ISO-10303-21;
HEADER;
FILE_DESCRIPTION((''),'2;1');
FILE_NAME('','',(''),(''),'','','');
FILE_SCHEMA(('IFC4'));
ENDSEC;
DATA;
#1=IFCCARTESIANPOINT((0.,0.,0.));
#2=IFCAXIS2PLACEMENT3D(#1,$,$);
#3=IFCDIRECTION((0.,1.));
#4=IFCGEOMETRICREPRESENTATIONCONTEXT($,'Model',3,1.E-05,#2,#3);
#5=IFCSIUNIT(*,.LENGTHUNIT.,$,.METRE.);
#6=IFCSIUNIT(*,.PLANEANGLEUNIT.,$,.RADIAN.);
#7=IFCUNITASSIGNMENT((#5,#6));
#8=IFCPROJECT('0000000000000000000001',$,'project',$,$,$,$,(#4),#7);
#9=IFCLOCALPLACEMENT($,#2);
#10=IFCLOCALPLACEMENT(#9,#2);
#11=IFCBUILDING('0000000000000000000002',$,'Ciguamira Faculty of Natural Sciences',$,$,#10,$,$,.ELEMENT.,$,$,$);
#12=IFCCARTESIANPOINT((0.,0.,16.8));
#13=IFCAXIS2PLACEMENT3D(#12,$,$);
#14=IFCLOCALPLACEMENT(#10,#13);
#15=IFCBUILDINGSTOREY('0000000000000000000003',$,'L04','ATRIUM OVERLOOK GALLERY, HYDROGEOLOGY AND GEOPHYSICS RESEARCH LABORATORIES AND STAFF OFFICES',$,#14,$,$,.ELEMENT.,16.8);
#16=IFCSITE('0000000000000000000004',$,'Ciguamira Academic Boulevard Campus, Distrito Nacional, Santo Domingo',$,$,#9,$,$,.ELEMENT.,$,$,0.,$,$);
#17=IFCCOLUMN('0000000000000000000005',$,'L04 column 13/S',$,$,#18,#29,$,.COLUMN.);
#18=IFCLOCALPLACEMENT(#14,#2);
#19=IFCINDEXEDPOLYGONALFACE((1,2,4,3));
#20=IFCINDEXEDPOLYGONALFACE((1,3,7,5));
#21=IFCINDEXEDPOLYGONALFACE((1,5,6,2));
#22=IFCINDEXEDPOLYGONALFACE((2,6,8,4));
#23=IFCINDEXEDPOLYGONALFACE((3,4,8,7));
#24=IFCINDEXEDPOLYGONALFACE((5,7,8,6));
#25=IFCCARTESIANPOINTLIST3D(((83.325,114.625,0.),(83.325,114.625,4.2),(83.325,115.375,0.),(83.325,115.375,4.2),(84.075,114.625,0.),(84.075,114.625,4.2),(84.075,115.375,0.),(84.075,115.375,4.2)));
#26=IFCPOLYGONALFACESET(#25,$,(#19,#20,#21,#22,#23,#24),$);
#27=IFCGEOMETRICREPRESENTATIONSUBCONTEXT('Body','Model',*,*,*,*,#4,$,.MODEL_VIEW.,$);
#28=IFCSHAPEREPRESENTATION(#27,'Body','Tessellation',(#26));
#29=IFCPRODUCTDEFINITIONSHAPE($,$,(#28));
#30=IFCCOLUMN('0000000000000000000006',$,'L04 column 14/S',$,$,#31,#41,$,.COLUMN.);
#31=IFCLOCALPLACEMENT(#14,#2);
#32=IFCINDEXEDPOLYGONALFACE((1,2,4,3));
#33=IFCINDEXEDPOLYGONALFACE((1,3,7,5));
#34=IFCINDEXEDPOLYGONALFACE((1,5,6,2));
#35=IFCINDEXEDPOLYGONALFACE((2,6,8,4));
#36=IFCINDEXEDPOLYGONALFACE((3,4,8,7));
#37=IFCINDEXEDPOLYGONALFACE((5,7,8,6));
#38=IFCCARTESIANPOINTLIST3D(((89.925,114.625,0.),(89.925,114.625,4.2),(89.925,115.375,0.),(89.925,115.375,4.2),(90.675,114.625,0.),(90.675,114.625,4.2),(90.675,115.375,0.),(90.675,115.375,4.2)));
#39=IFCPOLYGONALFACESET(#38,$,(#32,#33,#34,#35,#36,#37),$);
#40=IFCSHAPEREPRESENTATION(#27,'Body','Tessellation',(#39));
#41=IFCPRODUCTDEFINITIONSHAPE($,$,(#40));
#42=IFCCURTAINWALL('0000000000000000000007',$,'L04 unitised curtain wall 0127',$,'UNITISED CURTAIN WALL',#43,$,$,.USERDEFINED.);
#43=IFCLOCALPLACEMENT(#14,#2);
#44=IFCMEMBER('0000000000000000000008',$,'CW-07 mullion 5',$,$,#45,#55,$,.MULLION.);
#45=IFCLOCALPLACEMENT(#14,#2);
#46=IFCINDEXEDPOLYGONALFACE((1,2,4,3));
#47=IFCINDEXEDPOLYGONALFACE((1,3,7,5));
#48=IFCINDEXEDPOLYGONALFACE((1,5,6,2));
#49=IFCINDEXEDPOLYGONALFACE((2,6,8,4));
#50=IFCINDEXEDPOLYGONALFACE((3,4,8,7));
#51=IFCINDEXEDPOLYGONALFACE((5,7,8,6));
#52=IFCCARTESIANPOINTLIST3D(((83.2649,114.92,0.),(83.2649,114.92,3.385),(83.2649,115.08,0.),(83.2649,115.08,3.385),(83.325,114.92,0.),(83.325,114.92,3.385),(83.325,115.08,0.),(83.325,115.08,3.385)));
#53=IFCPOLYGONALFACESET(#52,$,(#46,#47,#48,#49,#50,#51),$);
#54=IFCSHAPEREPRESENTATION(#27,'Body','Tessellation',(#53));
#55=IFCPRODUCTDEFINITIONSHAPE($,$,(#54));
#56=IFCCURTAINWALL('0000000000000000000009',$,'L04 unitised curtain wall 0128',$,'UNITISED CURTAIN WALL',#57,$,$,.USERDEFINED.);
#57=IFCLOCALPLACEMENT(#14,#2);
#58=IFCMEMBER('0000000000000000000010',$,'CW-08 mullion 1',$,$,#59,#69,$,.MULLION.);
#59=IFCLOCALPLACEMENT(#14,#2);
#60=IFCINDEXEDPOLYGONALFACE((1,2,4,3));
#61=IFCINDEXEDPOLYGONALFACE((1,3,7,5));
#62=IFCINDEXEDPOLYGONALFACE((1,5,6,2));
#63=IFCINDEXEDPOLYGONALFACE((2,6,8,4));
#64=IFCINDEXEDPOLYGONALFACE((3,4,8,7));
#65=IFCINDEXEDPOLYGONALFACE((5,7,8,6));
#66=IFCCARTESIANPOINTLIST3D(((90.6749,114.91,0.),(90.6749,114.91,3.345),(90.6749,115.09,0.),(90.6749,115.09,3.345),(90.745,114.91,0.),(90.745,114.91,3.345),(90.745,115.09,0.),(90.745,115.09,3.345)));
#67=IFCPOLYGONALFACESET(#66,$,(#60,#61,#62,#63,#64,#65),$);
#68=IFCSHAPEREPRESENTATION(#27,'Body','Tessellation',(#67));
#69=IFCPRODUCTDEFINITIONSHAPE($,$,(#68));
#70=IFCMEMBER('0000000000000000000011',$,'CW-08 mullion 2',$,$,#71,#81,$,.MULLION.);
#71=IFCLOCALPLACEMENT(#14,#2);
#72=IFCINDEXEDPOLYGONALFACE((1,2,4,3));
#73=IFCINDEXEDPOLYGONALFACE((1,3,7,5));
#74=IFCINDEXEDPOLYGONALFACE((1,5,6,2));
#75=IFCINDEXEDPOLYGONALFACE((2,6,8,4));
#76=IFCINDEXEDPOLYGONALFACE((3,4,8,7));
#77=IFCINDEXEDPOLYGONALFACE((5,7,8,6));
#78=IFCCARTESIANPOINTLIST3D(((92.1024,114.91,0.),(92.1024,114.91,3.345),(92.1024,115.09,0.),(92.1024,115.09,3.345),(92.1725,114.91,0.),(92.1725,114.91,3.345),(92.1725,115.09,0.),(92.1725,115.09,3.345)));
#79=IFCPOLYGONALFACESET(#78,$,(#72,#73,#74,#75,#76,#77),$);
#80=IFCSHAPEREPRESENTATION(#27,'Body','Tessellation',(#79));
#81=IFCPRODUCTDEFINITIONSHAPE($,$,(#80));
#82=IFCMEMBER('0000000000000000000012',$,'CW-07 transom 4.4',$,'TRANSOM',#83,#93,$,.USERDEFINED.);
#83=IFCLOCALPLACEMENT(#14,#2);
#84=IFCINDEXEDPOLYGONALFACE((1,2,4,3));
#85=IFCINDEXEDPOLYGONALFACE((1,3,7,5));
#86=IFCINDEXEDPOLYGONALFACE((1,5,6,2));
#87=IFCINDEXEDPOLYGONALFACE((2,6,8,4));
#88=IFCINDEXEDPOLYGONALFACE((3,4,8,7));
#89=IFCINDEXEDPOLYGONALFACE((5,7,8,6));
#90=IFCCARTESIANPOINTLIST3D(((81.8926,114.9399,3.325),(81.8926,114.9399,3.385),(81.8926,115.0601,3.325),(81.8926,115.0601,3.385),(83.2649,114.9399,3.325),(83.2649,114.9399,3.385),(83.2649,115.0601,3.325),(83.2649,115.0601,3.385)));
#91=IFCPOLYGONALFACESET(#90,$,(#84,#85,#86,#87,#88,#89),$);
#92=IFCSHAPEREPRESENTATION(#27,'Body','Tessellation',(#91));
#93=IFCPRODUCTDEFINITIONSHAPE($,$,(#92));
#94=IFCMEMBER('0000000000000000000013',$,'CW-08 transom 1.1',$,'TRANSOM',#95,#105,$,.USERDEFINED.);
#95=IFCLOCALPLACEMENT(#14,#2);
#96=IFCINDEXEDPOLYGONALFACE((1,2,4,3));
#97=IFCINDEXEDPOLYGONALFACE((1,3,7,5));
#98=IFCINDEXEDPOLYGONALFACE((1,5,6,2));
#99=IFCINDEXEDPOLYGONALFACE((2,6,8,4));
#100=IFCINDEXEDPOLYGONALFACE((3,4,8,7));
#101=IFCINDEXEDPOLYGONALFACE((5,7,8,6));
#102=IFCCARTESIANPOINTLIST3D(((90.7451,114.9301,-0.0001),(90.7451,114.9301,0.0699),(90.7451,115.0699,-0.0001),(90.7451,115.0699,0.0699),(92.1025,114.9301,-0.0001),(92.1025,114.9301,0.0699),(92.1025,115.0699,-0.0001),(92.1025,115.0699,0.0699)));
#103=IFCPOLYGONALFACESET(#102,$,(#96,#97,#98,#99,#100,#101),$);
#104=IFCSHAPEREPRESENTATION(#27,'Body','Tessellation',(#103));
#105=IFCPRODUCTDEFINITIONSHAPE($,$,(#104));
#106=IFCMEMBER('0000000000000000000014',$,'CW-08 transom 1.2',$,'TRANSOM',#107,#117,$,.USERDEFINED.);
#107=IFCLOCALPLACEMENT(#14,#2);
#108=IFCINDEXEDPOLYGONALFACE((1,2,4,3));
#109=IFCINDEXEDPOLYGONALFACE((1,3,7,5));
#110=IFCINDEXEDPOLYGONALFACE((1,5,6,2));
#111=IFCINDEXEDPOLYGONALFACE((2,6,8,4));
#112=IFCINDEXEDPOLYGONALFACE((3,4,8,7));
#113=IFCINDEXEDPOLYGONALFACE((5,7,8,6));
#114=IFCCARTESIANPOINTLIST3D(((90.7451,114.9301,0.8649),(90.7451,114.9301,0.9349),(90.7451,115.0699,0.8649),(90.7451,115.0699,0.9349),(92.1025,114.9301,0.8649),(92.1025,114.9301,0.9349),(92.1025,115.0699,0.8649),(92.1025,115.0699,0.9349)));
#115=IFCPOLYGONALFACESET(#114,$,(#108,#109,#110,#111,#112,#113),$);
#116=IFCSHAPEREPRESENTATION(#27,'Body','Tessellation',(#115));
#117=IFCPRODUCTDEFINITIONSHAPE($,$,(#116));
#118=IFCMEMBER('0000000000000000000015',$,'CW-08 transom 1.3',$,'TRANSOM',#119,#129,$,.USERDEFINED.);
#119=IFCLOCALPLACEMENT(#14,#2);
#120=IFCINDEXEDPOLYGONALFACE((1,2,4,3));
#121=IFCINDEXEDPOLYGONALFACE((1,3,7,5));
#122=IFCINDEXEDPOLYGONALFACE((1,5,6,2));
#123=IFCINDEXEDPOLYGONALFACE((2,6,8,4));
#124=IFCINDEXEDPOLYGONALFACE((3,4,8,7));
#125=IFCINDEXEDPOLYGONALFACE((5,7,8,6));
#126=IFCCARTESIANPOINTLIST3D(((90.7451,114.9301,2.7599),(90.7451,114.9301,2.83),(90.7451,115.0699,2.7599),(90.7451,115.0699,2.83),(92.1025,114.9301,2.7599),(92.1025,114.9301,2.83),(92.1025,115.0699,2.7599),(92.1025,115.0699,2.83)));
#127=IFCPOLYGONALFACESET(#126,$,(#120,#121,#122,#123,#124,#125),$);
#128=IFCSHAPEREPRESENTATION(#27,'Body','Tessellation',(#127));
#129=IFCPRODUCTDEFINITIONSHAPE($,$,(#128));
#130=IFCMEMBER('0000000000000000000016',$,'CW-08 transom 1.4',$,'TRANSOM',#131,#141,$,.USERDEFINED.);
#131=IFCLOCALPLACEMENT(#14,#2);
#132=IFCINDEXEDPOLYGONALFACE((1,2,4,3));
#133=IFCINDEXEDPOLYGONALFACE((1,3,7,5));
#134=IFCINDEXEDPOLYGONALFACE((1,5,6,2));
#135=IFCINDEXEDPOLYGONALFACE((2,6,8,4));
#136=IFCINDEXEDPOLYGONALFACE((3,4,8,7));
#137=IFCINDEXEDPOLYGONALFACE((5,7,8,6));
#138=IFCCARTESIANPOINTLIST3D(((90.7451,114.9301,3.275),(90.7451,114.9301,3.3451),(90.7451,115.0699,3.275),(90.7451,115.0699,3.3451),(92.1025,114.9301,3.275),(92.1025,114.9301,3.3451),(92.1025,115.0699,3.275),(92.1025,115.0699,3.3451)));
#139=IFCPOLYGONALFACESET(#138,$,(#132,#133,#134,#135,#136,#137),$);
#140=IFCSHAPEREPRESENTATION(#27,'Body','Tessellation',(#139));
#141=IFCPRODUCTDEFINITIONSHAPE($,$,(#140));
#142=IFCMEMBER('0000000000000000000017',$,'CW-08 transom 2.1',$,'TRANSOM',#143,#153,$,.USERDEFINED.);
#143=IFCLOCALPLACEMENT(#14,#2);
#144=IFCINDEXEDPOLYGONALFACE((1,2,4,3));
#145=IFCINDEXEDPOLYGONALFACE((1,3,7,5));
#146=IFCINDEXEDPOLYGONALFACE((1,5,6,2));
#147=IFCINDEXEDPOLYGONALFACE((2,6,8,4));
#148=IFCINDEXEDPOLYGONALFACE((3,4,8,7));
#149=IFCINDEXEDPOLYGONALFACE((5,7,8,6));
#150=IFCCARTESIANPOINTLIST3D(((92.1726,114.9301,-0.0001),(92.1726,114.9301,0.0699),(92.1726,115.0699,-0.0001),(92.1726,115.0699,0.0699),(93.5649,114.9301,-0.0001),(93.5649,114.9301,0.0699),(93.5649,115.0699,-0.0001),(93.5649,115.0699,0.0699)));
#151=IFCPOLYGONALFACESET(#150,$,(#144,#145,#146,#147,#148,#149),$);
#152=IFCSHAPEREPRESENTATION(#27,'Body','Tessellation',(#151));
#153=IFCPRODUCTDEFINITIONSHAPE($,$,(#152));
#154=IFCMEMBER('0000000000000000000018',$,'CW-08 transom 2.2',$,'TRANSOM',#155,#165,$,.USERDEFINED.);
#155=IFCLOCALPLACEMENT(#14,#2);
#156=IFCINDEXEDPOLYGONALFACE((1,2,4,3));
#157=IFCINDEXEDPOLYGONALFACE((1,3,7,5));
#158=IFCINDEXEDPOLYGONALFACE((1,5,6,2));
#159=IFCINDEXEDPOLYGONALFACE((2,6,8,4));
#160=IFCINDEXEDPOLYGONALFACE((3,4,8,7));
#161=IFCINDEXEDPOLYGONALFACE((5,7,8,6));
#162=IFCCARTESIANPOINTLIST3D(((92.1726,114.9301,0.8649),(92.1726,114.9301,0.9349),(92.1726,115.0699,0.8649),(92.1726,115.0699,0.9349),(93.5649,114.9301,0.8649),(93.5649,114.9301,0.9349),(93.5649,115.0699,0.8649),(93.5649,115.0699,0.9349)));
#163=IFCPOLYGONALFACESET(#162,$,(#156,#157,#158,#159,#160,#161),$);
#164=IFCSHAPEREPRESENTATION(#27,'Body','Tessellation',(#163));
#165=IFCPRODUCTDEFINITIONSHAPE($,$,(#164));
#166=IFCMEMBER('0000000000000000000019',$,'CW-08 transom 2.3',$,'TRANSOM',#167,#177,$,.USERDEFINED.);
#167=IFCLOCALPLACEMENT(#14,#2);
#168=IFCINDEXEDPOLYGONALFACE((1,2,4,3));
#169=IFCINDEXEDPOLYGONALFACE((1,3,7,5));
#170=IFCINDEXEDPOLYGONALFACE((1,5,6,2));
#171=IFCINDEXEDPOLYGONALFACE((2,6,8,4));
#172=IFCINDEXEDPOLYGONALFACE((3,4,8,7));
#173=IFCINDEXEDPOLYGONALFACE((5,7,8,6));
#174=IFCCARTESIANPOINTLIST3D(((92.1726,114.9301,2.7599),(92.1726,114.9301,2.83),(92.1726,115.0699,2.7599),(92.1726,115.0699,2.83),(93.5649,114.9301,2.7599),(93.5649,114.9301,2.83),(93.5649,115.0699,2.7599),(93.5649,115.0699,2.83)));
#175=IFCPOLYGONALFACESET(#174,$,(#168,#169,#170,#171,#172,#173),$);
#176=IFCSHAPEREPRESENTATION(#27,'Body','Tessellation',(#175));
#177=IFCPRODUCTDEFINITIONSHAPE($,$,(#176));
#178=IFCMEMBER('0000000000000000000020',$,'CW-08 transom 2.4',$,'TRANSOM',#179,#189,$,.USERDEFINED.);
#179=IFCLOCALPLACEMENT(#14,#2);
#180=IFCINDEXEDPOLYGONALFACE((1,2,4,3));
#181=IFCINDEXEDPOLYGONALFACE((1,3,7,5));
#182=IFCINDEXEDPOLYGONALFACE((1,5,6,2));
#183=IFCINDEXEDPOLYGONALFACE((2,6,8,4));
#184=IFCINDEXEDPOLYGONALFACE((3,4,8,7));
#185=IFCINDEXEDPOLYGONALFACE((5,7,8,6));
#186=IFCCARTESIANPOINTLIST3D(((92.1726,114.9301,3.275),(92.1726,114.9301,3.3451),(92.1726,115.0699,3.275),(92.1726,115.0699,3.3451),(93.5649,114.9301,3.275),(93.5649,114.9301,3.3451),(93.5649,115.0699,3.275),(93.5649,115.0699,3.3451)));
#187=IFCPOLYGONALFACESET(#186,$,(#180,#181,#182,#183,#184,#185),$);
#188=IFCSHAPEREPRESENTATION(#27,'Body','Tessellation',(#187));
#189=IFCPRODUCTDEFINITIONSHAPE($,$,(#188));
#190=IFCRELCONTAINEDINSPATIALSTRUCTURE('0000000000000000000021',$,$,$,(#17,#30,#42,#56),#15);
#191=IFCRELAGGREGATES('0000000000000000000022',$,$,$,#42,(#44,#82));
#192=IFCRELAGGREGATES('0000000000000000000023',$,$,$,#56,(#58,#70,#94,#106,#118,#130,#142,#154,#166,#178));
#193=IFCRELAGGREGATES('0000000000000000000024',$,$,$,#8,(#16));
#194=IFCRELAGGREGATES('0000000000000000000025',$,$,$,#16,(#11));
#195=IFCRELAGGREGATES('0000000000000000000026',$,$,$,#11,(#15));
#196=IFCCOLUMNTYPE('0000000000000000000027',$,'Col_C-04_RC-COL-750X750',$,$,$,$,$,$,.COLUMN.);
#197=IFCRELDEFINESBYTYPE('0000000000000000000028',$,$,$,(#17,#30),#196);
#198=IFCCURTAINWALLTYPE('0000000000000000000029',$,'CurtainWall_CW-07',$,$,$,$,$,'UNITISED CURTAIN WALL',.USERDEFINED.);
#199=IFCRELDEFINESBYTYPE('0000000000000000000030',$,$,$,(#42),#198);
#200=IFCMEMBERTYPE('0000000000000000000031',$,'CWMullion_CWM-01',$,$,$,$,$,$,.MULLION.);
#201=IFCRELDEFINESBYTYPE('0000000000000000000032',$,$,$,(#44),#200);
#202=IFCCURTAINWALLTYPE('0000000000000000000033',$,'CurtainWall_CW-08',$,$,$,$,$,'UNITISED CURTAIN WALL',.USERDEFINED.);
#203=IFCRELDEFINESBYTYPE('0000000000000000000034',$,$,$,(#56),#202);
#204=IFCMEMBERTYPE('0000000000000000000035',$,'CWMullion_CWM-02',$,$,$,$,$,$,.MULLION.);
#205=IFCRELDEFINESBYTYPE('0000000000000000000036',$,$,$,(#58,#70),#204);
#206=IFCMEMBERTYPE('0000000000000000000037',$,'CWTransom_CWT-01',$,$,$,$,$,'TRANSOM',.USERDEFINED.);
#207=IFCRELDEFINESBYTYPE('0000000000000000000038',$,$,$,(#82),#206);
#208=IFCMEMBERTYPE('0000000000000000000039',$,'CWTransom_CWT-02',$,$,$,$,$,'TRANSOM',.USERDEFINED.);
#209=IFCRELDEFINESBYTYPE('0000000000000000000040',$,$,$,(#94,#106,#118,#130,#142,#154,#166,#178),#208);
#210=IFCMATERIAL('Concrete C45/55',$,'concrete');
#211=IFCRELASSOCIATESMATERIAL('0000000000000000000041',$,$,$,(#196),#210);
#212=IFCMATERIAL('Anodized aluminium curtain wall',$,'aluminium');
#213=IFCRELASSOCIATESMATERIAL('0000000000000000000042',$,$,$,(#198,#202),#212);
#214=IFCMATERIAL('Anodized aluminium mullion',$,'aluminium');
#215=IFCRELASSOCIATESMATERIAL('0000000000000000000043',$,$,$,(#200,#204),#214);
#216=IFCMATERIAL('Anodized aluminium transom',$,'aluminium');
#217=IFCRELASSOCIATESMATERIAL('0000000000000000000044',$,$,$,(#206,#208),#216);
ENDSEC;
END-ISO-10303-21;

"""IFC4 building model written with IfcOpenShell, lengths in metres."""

from ifc_helpers import new_model, si_unit, direction, frame, origin, origin_2d, place, context, subcontext, project, spatial, rectangle, extrude, material, material_profile, profile_set, type_object, element, aggregate, save


model = new_model("IFC4")

# Units and contexts
model_context = context("Model", 3, precision=1e-05, world=origin(), true_north=direction((0.0, 1.0)))
body_context = subcontext(model_context, "Body", "Model", "MODEL_VIEW")
ifc_project = project(units=[si_unit("LENGTHUNIT", "METRE"), si_unit("PLANEANGLEUNIT", "RADIAN")], contexts=[model_context])

# Site, building, storey
site_placement = place(None, origin())
site = spatial("IfcSite", under=ifc_project, at=site_placement, Name="Ciguamira Academic Boulevard Campus, Distrito Nacional, Santo Domingo", CompositionType="ELEMENT", RefElevation=0.0)
building_placement = place(site_placement, origin())
building = spatial("IfcBuilding", under=site, at=building_placement, Name="Ciguamira Faculty of Natural Sciences", CompositionType="ELEMENT")
storey_placement = place(building_placement, frame((0.0, 0.0, 16.8)))
storey = spatial("IfcBuildingStorey", under=building, at=storey_placement, Name="L04", Description="ATRIUM OVERLOOK GALLERY, HYDROGEOLOGY AND GEOPHYSICS RESEARCH LABORATORIES AND STAFF OFFICES", CompositionType="ELEMENT", Elevation=16.8)

# Columns
ifc_material_1 = material(Name="Concrete C45/55", Category="concrete")
ifc_material_profile_1 = material_profile(ifc_material_1, rectangle(XDim=0.75, YDim=0.75, at=origin_2d()), Name="RC-COL-750X750")
ifc_profile_set_1 = profile_set([ifc_material_profile_1], Name="Concrete C45/55")
column_type = type_object("IfcColumnType", Name="Col_C-04_RC-COL-750X750", PredefinedType="COLUMN", material=ifc_profile_set_1)
for number, where, z_axis, x_axis, name in (
    (1, (83.7, 115.0, 0.0), (0.0, 0.0, 1.0), (1.0, 0.0, 0.0), "L04 column 13/S"),
    (2, (90.3, 115.0, 0.0), (0.0, 0.0, 1.0), (1.0, 0.0, 0.0), "L04 column 14/S"),
):
    element("IfcColumn", number, at=place(storey_placement, frame(where, z_axis=z_axis, x_axis=x_axis)), inside=storey, type_object=column_type, Name=name, PredefinedType="COLUMN", context=body_context, shape_type="SweptSolid", body=[
        extrude(rectangle(XDim=0.75, YDim=0.75, at=origin_2d()), origin(), (0.0, 0.0, 1.0), 4.2),
    ])

# Curtain wall, member
ifc_material_2 = material(Name="Anodized aluminium curtain wall", Category="aluminium")
curtain_wall_type_1 = type_object("IfcCurtainWallType", Name="CurtainWall_CW-07", ElementType="UNITISED CURTAIN WALL", PredefinedType="USERDEFINED", material=ifc_material_2)
curtain_wall_1_placement = place(storey_placement, origin())
curtain_wall_1 = element("IfcCurtainWall", 3, at=curtain_wall_1_placement, inside=storey, type_object=curtain_wall_type_1, Name="L04 unitised curtain wall 0127", ObjectType="UNITISED CURTAIN WALL", PredefinedType="USERDEFINED")
ifc_material_3 = material(Name="Anodized aluminium mullion", Category="aluminium")
ifc_material_profile_2 = material_profile(ifc_material_3, rectangle(XDim=0.0601, YDim=0.1599, at=origin_2d()), Name="ALU-MUL-60X160")
ifc_profile_set_2 = profile_set([ifc_material_profile_2], Name="Anodized aluminium mullion")
member_type_1 = type_object("IfcMemberType", Name="CWMullion_CWM-01", PredefinedType="MULLION", material=ifc_profile_set_2)
member_1_placement = place(storey_placement, frame((83.2949, 115.0, 0.0), z_axis=(0.0, 0.0, 1.0), x_axis=(1.0, 0.0, 0.0)))
member_1 = element("IfcMember", 4, at=member_1_placement, type_object=member_type_1, Name="CW-07 mullion 5", PredefinedType="MULLION", context=body_context, shape_type="SweptSolid", body=[
    extrude(rectangle(XDim=0.0601, YDim=0.1599, at=origin_2d()), origin(), (0.0, 0.0, 1.0), 3.385),
])

# Curtain wall, members
curtain_wall_type_2 = type_object("IfcCurtainWallType", Name="CurtainWall_CW-08", ElementType="UNITISED CURTAIN WALL", PredefinedType="USERDEFINED", material=ifc_material_2)
curtain_wall_2_placement = place(storey_placement, origin())
curtain_wall_2 = element("IfcCurtainWall", 5, at=curtain_wall_2_placement, inside=storey, type_object=curtain_wall_type_2, Name="L04 unitised curtain wall 0128", ObjectType="UNITISED CURTAIN WALL", PredefinedType="USERDEFINED")
ifc_material_profile_3 = material_profile(ifc_material_3, rectangle(XDim=0.0701, YDim=0.1799, at=origin_2d()), Name="ALU-MUL-70X180")
ifc_profile_set_3 = profile_set([ifc_material_profile_3], Name="Anodized aluminium mullion")
member_type_2 = type_object("IfcMemberType", Name="CWMullion_CWM-02", PredefinedType="MULLION", material=ifc_profile_set_3)
member_2_placement = place(storey_placement, frame((90.71, 115.0, 0.0), z_axis=(0.0, 0.0, 1.0), x_axis=(1.0, 0.0, 0.0)))
member_2 = element("IfcMember", 6, at=member_2_placement, type_object=member_type_2, Name="CW-08 mullion 1", PredefinedType="MULLION", context=body_context, shape_type="SweptSolid", body=[
    extrude(rectangle(XDim=0.0701, YDim=0.1799, at=origin_2d()), origin(), (0.0, 0.0, 1.0), 3.345),
])
member_3_placement = place(storey_placement, frame((92.1375, 115.0, 0.0), z_axis=(0.0, 0.0, 1.0), x_axis=(1.0, 0.0, 0.0)))
member_3 = element("IfcMember", 7, at=member_3_placement, type_object=member_type_2, Name="CW-08 mullion 2", PredefinedType="MULLION", context=body_context, shape_type="SweptSolid", body=[
    extrude(rectangle(XDim=0.0701, YDim=0.1799, at=origin_2d()), origin(), (0.0, 0.0, 1.0), 3.345),
])

# Members
ifc_material_4 = material(Name="Anodized aluminium transom", Category="aluminium")
ifc_material_profile_4 = material_profile(ifc_material_4, rectangle(XDim=0.0601, YDim=0.1201, at=origin_2d()), Name="ALU-TRN-60X120")
ifc_profile_set_4 = profile_set([ifc_material_profile_4], Name="Anodized aluminium transom")
member_type_3 = type_object("IfcMemberType", Name="CWTransom_CWT-01", ElementType="TRANSOM", PredefinedType="USERDEFINED", material=ifc_profile_set_4)
member_4_placement = place(storey_placement, frame((81.8926, 115.0, 3.355), z_axis=(1.0, 0.0, 0.0), x_axis=(0.0, 0.0, 1.0)))
member_4 = element("IfcMember", 8, at=member_4_placement, type_object=member_type_3, Name="CW-07 transom 4.4", ObjectType="TRANSOM", PredefinedType="USERDEFINED", context=body_context, shape_type="SweptSolid", body=[
    extrude(rectangle(XDim=0.0601, YDim=0.1201, at=origin_2d()), origin(), (0.0, 0.0, 1.0), 1.3723),
])
ifc_material_profile_5 = material_profile(ifc_material_4, rectangle(XDim=0.0701, YDim=0.1399, at=origin_2d()), Name="ALU-TRN-70X140")
ifc_profile_set_5 = profile_set([ifc_material_profile_5], Name="Anodized aluminium transom")
member_type_4 = type_object("IfcMemberType", Name="CWTransom_CWT-02", ElementType="TRANSOM", PredefinedType="USERDEFINED", material=ifc_profile_set_5)
member_5_placement = place(storey_placement, frame((90.7451, 115.0, 0.0349), z_axis=(1.0, 0.0, 0.0), x_axis=(0.0, 0.0, 1.0)))
member_5 = element("IfcMember", 9, at=member_5_placement, type_object=member_type_4, Name="CW-08 transom 1.1", ObjectType="TRANSOM", PredefinedType="USERDEFINED", context=body_context, shape_type="SweptSolid", body=[
    extrude(rectangle(XDim=0.0701, YDim=0.1399, at=origin_2d()), origin(), (0.0, 0.0, 1.0), 1.3574),
])
member_6_placement = place(storey_placement, frame((90.7451, 115.0, 0.8999), z_axis=(1.0, 0.0, 0.0), x_axis=(0.0, 0.0, 1.0)))
member_6 = element("IfcMember", 10, at=member_6_placement, type_object=member_type_4, Name="CW-08 transom 1.2", ObjectType="TRANSOM", PredefinedType="USERDEFINED", context=body_context, shape_type="SweptSolid", body=[
    extrude(rectangle(XDim=0.0701, YDim=0.1399, at=origin_2d()), origin(), (0.0, 0.0, 1.0), 1.3574),
])
member_7_placement = place(storey_placement, frame((90.7451, 115.0, 2.7949), z_axis=(1.0, 0.0, 0.0), x_axis=(0.0, 0.0, 1.0)))
member_7 = element("IfcMember", 11, at=member_7_placement, type_object=member_type_4, Name="CW-08 transom 1.3", ObjectType="TRANSOM", PredefinedType="USERDEFINED", context=body_context, shape_type="SweptSolid", body=[
    extrude(rectangle(XDim=0.0701, YDim=0.1399, at=origin_2d()), origin(), (0.0, 0.0, 1.0), 1.3574),
])
member_8_placement = place(storey_placement, frame((90.7451, 115.0, 3.3101), z_axis=(1.0, 0.0, 0.0), x_axis=(0.0, 0.0, 1.0)))
member_8 = element("IfcMember", 12, at=member_8_placement, type_object=member_type_4, Name="CW-08 transom 1.4", ObjectType="TRANSOM", PredefinedType="USERDEFINED", context=body_context, shape_type="SweptSolid", body=[
    extrude(rectangle(XDim=0.0701, YDim=0.1399, at=origin_2d()), origin(), (0.0, 0.0, 1.0), 1.3574),
])
member_9_placement = place(storey_placement, frame((92.1726, 115.0, 0.0349), z_axis=(1.0, 0.0, 0.0), x_axis=(0.0, 0.0, 1.0)))
member_9 = element("IfcMember", 13, at=member_9_placement, type_object=member_type_4, Name="CW-08 transom 2.1", ObjectType="TRANSOM", PredefinedType="USERDEFINED", context=body_context, shape_type="SweptSolid", body=[
    extrude(rectangle(XDim=0.0701, YDim=0.1399, at=origin_2d()), origin(), (0.0, 0.0, 1.0), 1.3923),
])
member_10_placement = place(storey_placement, frame((92.1726, 115.0, 0.8999), z_axis=(1.0, 0.0, 0.0), x_axis=(0.0, 0.0, 1.0)))
member_10 = element("IfcMember", 14, at=member_10_placement, type_object=member_type_4, Name="CW-08 transom 2.2", ObjectType="TRANSOM", PredefinedType="USERDEFINED", context=body_context, shape_type="SweptSolid", body=[
    extrude(rectangle(XDim=0.0701, YDim=0.1399, at=origin_2d()), origin(), (0.0, 0.0, 1.0), 1.3923),
])
member_11_placement = place(storey_placement, frame((92.1726, 115.0, 2.7949), z_axis=(1.0, 0.0, 0.0), x_axis=(0.0, 0.0, 1.0)))
member_11 = element("IfcMember", 15, at=member_11_placement, type_object=member_type_4, Name="CW-08 transom 2.3", ObjectType="TRANSOM", PredefinedType="USERDEFINED", context=body_context, shape_type="SweptSolid", body=[
    extrude(rectangle(XDim=0.0701, YDim=0.1399, at=origin_2d()), origin(), (0.0, 0.0, 1.0), 1.3923),
])
member_12_placement = place(storey_placement, frame((92.1726, 115.0, 3.3101), z_axis=(1.0, 0.0, 0.0), x_axis=(0.0, 0.0, 1.0)))
member_12 = element("IfcMember", 16, at=member_12_placement, type_object=member_type_4, Name="CW-08 transom 2.4", ObjectType="TRANSOM", PredefinedType="USERDEFINED", context=body_context, shape_type="SweptSolid", body=[
    extrude(rectangle(XDim=0.0701, YDim=0.1399, at=origin_2d()), origin(), (0.0, 0.0, 1.0), 1.3923),
])

aggregate(curtain_wall_1, [member_1, member_4])
aggregate(curtain_wall_2, [member_2, member_3, member_5, member_6, member_7, member_8, member_9, member_10, member_11, member_12])

save(model, "model.ifc")
